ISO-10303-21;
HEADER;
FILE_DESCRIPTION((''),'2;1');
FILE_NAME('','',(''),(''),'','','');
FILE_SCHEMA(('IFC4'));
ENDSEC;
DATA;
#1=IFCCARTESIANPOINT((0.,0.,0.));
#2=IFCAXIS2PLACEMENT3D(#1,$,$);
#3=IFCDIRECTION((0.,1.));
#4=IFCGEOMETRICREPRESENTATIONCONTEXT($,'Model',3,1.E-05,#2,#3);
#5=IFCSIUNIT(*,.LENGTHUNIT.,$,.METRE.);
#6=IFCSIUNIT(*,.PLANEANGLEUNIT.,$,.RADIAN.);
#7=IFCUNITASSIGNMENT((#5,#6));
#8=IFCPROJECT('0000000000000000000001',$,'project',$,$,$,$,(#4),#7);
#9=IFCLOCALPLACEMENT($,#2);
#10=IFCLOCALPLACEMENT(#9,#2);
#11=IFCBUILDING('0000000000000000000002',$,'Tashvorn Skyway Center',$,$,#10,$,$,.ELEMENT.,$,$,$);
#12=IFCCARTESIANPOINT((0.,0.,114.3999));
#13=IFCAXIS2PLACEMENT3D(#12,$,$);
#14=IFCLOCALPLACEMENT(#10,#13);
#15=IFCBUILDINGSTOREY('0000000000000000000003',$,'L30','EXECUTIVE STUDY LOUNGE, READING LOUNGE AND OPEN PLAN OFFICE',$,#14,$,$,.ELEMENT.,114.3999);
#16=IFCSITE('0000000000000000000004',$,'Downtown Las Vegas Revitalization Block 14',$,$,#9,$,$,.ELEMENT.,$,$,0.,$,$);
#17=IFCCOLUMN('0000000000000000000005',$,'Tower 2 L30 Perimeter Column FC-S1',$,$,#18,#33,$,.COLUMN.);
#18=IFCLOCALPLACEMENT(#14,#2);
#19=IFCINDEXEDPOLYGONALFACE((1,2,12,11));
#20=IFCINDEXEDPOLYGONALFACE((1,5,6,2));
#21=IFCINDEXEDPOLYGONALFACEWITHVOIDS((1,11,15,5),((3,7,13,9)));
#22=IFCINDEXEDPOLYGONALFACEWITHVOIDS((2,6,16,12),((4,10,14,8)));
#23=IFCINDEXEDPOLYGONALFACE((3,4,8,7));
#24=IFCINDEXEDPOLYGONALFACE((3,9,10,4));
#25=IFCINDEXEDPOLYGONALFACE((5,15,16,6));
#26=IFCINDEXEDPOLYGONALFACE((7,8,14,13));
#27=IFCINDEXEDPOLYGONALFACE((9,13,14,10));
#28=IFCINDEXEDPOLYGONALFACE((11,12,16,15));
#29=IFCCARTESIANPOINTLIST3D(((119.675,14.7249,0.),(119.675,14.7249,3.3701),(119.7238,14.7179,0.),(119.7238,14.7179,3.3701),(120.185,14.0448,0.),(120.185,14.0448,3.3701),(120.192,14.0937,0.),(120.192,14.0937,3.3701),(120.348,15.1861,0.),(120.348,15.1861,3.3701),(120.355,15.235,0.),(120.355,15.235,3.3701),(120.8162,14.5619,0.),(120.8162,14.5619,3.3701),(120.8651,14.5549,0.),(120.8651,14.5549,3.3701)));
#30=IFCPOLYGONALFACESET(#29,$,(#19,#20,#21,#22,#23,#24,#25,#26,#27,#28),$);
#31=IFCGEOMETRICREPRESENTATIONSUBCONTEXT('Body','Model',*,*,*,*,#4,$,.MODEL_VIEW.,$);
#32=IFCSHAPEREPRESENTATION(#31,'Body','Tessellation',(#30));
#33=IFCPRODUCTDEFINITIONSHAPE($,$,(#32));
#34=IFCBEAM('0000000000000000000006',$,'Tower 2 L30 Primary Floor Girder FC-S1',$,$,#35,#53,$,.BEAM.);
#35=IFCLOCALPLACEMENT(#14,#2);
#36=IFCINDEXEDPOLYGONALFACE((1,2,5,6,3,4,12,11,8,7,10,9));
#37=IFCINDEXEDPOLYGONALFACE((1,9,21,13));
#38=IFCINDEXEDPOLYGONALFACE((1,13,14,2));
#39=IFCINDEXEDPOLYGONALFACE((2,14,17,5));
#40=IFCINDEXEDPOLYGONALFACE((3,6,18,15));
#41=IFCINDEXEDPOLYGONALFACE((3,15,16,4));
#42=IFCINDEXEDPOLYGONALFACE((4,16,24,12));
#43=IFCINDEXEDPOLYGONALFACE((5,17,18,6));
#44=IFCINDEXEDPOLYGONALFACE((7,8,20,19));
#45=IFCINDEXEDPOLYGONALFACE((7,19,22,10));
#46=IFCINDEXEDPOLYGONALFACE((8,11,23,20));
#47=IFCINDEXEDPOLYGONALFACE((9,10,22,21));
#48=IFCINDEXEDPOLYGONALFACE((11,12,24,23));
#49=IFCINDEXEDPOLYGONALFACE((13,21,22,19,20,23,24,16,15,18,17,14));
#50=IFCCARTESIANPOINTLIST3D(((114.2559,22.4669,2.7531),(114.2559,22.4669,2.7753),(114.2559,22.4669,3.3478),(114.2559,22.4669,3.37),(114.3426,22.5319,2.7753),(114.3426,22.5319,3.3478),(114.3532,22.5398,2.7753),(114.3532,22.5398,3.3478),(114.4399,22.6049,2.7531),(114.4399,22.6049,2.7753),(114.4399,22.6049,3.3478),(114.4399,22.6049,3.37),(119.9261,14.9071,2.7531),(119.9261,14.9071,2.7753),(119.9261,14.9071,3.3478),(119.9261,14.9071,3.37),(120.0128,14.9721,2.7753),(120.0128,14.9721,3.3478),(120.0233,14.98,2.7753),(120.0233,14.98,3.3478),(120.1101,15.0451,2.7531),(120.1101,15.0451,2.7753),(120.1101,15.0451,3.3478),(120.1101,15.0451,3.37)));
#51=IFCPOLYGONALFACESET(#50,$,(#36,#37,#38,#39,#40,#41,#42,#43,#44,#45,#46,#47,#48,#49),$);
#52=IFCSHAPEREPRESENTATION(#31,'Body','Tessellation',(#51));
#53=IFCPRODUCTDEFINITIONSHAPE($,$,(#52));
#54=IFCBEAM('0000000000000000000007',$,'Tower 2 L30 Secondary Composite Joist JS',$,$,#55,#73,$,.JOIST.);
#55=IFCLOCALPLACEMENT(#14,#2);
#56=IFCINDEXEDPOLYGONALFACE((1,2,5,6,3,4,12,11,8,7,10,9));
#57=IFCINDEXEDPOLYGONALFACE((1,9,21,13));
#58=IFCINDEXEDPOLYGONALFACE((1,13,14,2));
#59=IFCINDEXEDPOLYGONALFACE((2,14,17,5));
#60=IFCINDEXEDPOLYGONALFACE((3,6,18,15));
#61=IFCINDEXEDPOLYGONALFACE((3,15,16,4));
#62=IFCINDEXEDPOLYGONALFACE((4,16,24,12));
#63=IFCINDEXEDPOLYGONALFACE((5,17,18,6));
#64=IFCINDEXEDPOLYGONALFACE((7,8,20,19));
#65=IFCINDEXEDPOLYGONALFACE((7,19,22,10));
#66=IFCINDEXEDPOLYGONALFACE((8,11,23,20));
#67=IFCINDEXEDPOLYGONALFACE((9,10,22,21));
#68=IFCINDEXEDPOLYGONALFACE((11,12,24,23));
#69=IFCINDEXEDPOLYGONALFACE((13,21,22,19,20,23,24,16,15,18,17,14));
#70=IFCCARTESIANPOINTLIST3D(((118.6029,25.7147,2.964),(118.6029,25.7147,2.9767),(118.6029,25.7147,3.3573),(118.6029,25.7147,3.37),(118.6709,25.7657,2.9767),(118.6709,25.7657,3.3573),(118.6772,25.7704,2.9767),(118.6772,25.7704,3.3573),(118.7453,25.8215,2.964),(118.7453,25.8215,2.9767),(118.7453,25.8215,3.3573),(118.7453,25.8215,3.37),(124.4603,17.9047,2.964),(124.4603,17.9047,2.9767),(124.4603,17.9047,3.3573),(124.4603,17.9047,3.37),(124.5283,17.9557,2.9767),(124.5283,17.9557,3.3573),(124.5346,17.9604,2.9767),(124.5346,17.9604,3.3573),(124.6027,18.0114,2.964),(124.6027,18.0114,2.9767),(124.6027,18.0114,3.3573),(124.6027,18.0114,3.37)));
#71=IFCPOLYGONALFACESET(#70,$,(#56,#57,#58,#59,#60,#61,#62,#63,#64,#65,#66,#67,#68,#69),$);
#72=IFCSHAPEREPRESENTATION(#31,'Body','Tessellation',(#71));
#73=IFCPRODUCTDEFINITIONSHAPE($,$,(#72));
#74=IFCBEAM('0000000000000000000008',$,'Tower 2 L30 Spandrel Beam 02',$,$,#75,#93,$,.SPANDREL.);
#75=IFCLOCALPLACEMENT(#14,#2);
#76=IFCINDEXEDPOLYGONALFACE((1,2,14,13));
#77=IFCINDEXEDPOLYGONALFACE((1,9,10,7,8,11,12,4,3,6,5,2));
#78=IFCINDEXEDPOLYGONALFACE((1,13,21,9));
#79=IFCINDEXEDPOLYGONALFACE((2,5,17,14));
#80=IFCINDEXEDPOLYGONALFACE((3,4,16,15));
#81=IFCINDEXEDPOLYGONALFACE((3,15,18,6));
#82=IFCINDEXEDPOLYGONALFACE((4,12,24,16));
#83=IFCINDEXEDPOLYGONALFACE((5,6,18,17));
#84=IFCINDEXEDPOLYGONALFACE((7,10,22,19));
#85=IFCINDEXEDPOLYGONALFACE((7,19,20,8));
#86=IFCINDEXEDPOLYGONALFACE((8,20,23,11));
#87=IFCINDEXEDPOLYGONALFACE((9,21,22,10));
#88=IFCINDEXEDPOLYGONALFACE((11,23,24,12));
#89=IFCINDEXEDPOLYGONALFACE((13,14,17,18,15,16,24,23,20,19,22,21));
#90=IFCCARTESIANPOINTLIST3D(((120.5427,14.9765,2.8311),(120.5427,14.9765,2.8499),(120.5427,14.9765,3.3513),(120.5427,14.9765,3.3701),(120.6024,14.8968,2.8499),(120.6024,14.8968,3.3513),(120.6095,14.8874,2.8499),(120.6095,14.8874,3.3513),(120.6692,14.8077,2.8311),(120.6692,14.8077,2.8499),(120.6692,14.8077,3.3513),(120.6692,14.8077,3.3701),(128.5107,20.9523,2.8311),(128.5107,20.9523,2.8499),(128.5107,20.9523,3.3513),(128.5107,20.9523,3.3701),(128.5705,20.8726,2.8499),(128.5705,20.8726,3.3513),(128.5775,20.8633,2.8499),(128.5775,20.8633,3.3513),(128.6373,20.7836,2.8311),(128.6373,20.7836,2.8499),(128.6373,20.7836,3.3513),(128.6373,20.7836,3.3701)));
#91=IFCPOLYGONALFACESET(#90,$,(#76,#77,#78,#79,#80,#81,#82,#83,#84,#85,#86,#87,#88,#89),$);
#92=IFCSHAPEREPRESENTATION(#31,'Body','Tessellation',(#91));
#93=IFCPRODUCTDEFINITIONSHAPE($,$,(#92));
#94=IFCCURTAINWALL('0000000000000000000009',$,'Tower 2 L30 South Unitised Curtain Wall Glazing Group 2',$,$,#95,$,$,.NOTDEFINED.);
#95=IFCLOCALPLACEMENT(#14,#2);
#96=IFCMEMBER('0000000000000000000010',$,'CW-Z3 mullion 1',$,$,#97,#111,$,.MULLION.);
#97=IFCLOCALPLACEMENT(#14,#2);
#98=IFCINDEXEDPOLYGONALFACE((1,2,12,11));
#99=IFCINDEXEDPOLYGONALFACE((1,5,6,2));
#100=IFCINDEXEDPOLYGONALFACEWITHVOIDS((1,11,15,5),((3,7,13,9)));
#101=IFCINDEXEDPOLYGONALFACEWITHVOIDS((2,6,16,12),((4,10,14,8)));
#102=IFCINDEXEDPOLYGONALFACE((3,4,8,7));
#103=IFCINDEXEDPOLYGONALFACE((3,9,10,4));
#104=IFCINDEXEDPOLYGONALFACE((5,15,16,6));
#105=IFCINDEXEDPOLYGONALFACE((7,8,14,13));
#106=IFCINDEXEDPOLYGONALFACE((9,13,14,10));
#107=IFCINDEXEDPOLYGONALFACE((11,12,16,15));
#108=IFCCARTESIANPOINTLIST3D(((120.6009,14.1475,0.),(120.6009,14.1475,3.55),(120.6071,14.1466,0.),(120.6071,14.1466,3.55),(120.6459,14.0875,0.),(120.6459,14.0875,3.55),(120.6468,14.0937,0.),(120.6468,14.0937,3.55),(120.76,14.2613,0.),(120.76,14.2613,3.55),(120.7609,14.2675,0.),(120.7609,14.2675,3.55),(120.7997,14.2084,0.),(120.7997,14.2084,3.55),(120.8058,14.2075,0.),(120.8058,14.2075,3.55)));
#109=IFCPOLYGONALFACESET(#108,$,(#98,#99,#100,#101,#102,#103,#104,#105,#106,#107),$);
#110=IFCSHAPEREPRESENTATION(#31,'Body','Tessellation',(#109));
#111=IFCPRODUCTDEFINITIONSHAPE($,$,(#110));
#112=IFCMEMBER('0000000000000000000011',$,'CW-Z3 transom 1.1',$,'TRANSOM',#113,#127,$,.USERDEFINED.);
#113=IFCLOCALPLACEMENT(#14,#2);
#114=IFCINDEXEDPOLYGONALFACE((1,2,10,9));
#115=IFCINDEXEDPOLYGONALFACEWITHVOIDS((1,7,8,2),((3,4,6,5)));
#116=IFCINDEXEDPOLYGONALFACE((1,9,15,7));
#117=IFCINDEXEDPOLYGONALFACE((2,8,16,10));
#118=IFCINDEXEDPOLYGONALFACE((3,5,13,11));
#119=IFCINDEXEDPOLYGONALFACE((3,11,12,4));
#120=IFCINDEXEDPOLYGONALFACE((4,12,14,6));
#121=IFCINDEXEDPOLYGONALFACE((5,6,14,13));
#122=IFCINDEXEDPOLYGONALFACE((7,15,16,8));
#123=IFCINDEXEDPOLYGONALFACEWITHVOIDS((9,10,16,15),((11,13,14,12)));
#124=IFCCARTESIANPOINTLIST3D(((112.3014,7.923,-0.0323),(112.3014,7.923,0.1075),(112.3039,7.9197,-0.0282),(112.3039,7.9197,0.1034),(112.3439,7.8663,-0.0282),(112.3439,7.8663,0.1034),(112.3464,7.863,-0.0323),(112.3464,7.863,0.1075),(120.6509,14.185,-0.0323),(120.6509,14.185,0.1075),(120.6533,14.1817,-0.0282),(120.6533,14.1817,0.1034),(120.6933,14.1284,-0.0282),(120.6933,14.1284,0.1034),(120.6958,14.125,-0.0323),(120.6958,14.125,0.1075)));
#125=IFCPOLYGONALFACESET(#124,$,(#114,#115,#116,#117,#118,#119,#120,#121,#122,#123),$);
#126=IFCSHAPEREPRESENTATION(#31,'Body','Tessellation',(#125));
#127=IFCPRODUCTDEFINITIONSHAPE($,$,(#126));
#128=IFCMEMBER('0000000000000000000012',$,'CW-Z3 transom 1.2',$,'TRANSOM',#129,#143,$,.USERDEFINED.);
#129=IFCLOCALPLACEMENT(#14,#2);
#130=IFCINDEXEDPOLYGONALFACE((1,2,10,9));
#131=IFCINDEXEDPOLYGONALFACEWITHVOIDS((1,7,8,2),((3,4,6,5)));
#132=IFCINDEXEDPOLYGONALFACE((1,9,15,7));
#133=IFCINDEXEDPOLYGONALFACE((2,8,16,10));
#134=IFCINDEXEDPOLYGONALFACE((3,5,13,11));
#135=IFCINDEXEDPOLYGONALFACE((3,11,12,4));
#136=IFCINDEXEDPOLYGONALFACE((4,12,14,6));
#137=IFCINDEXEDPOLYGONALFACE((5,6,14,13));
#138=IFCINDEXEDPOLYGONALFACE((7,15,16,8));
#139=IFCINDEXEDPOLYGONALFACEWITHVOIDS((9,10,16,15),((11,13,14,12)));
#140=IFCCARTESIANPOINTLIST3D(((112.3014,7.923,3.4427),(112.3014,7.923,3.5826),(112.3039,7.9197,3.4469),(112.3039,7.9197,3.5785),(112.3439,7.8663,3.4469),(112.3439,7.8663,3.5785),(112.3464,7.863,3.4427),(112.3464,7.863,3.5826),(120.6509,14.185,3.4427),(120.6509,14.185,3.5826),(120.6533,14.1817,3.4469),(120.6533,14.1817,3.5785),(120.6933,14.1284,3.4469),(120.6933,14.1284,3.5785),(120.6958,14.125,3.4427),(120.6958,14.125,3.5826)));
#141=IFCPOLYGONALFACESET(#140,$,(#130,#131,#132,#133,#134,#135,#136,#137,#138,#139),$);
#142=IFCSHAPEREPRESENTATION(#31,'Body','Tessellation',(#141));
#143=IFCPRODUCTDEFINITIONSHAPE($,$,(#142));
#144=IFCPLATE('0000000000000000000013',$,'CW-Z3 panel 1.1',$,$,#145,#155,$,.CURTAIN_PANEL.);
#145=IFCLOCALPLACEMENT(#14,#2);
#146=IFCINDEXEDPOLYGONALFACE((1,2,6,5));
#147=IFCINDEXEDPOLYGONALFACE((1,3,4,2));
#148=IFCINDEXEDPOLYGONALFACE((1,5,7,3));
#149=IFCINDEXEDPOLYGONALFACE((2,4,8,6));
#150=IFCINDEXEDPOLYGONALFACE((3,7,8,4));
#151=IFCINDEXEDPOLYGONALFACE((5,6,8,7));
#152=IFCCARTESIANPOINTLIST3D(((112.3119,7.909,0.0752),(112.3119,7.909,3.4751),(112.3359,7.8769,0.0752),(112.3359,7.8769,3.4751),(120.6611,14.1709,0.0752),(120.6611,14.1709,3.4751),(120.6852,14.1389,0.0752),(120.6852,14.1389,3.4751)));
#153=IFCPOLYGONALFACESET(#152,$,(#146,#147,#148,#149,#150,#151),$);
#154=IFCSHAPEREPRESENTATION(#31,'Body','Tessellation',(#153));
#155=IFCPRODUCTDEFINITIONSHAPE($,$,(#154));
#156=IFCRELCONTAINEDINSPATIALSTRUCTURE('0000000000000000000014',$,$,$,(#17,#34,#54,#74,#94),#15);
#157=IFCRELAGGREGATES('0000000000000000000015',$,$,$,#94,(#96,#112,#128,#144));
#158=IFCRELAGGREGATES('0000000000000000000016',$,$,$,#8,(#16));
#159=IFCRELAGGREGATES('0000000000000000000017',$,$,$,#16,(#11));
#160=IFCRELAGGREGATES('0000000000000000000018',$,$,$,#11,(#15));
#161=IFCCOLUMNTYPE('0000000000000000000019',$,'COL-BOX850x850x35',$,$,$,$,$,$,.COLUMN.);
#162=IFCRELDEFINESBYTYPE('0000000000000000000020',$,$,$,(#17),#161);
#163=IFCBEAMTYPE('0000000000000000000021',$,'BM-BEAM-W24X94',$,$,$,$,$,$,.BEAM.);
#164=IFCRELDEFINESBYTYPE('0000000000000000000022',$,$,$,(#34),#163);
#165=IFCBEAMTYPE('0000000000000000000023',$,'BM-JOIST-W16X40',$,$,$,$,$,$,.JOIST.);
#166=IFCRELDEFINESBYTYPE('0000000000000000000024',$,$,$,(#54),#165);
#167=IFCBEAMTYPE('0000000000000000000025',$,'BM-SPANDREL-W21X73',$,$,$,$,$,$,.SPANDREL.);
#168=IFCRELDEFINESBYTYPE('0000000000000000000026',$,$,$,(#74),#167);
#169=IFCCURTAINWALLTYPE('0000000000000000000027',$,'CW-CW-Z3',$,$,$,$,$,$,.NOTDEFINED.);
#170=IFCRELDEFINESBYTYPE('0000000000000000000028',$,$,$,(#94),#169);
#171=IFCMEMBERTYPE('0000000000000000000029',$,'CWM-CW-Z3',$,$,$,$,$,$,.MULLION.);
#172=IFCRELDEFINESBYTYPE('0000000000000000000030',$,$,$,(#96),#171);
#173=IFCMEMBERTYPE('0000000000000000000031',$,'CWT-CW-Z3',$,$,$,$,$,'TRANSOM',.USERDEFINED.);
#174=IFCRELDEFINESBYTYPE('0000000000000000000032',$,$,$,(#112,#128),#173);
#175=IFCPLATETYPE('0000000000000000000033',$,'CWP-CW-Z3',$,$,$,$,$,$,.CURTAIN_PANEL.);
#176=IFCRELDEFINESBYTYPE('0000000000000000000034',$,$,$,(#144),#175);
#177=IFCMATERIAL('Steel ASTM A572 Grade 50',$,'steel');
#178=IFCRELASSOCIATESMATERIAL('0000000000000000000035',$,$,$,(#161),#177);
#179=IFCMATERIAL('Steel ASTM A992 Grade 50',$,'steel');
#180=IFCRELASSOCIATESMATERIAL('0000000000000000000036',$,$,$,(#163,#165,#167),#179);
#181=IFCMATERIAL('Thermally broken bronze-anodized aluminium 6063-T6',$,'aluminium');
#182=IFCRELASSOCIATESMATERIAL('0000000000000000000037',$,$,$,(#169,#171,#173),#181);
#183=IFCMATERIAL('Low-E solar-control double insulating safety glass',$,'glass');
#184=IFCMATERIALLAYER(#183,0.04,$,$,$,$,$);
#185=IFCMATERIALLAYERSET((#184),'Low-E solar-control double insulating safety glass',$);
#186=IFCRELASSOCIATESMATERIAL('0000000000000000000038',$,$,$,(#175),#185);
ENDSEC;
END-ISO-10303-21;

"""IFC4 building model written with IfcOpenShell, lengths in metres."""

from ifc_helpers import new_model, si_unit, direction, frame, origin, origin_2d, place, context, subcontext, project, spatial, rectangle, hollow_rectangle, i_section, extrude, material, layer, layer_set, material_profile, profile_set, type_object, element, aggregate, save


model = new_model("IFC4")

# Units and contexts
model_context = context("Model", 3, precision=1e-05, world=origin(), true_north=direction((0.0, 1.0)))
body_context = subcontext(model_context, "Body", "Model", "MODEL_VIEW")
ifc_project = project(units=[si_unit("LENGTHUNIT", "METRE"), si_unit("PLANEANGLEUNIT", "RADIAN")], contexts=[model_context])

# Site, building, storey
site_placement = place(None, origin())
site = spatial("IfcSite", under=ifc_project, at=site_placement, Name="Downtown Las Vegas Revitalization Block 14", CompositionType="ELEMENT", RefElevation=0.0)
building_placement = place(site_placement, origin())
building = spatial("IfcBuilding", under=site, at=building_placement, Name="Tashvorn Skyway Center", CompositionType="ELEMENT")
storey_placement = place(building_placement, frame((0.0, 0.0, 114.3999)))
storey = spatial("IfcBuildingStorey", under=building, at=storey_placement, Name="L30", Description="EXECUTIVE STUDY LOUNGE, READING LOUNGE AND OPEN PLAN OFFICE", CompositionType="ELEMENT", Elevation=114.3999)

# Column
ifc_material_1 = material(Name="Steel ASTM A572 Grade 50", Category="steel")
ifc_material_profile_1 = material_profile(ifc_material_1, hollow_rectangle(XDim=0.8501, YDim=0.8501, WallThickness=0.0349, at=origin_2d()), Name="BOX850x850x35")
ifc_profile_set_1 = profile_set([ifc_material_profile_1], Name="Steel ASTM A572 Grade 50")
column_type = type_object("IfcColumnType", Name="COL-BOX850x850x35", PredefinedType="COLUMN", material=ifc_profile_set_1)
column_placement = place(storey_placement, frame((120.27, 14.6399, 0.0), z_axis=(0.0, 0.0, 1.0), x_axis=(0.8, 0.6, 0.0)))
element("IfcColumn", 1, at=column_placement, inside=storey, type_object=column_type, Name="Tower 2 L30 Perimeter Column FC-S1", PredefinedType="COLUMN", context=body_context, shape_type="SweptSolid", body=[
    extrude(hollow_rectangle(XDim=0.8501, YDim=0.8501, WallThickness=0.0349, at=origin_2d()), origin(), (0.0, 0.0, 1.0), 3.3701),
])

# Beams
ifc_material_2 = material(Name="Steel ASTM A992 Grade 50", Category="steel")
ifc_material_profile_2 = material_profile(ifc_material_2, i_section(OverallWidth=0.23, OverallDepth=0.6169, WebThickness=0.0132, FlangeThickness=0.0222, at=origin_2d()), Name="W24X94")
ifc_profile_set_2 = profile_set([ifc_material_profile_2], Name="Steel ASTM A992 Grade 50")
beam_type_1 = type_object("IfcBeamType", Name="BM-BEAM-W24X94", PredefinedType="BEAM", material=ifc_profile_set_2)
beam_1_placement = place(storey_placement, frame((120.0181, 14.9761, 3.0615), z_axis=(-0.600021, 0.799984, 0.0), x_axis=(-0.799984, -0.600021, 0.0)))
element("IfcBeam", 2, at=beam_1_placement, inside=storey, type_object=beam_type_1, Name="Tower 2 L30 Primary Floor Girder FC-S1", PredefinedType="BEAM", context=body_context, shape_type="SweptSolid", body=[
    extrude(i_section(OverallWidth=0.23, OverallDepth=0.6169, WebThickness=0.0132, FlangeThickness=0.0222, at=origin_2d()), origin(), (0.0, 0.0, 1.0), 9.45),
])
ifc_material_profile_3 = material_profile(ifc_material_2, i_section(OverallWidth=0.178, OverallDepth=0.406, WebThickness=0.0078, FlangeThickness=0.0127, at=origin_2d()), Name="W16X40")
ifc_profile_set_3 = profile_set([ifc_material_profile_3], Name="Steel ASTM A992 Grade 50")
beam_type_2 = type_object("IfcBeamType", Name="BM-JOIST-W16X40", PredefinedType="JOIST", material=ifc_profile_set_3)
beam_2_placement = place(storey_placement, frame((118.6741, 25.7681, 3.167), z_axis=(0.599992, -0.800006, 0.0), x_axis=(0.800006, 0.599992, 0.0)))
element("IfcBeam", 3, at=beam_2_placement, inside=storey, type_object=beam_type_2, Name="Tower 2 L30 Secondary Composite Joist JS", PredefinedType="JOIST", context=body_context, shape_type="SweptSolid", body=[
    extrude(i_section(OverallWidth=0.178, OverallDepth=0.406, WebThickness=0.0078, FlangeThickness=0.0127, at=origin_2d()), origin(), (0.0, 0.0, 1.0), 9.7625),
])
ifc_material_profile_4 = material_profile(ifc_material_2, i_section(OverallWidth=0.2109, OverallDepth=0.5391, WebThickness=0.0117, FlangeThickness=0.0188, at=origin_2d()), Name="W21X73")
ifc_profile_set_4 = profile_set([ifc_material_profile_4], Name="Steel ASTM A992 Grade 50")
beam_type_3 = type_object("IfcBeamType", Name="BM-SPANDREL-W21X73", PredefinedType="SPANDREL", material=ifc_profile_set_4)
beam_3_placement = place(storey_placement, frame((120.606, 14.8921, 3.1006), z_axis=(0.800009, 0.599988, 0.0), x_axis=(-0.599988, 0.800009, 0.0)))
element("IfcBeam", 4, at=beam_3_placement, inside=storey, type_object=beam_type_3, Name="Tower 2 L30 Spandrel Beam 02", PredefinedType="SPANDREL", context=body_context, shape_type="SweptSolid", body=[
    extrude(i_section(OverallWidth=0.2109, OverallDepth=0.5391, WebThickness=0.0117, FlangeThickness=0.0188, at=origin_2d()), origin(), (0.0, 0.0, 1.0), 9.96),
])

# Curtain wall, members, plate
ifc_material_3 = material(Name="Thermally broken bronze-anodized aluminium 6063-T6", Category="aluminium")
curtain_wall_type = type_object("IfcCurtainWallType", Name="CW-CW-Z3", PredefinedType="NOTDEFINED", material=ifc_material_3)
curtain_wall_placement = place(storey_placement, origin())
curtain_wall = element("IfcCurtainWall", 5, at=curtain_wall_placement, inside=storey, type_object=curtain_wall_type, Name="Tower 2 L30 South Unitised Curtain Wall Glazing Group 2", PredefinedType="NOTDEFINED")
ifc_material_profile_5 = material_profile(ifc_material_3, hollow_rectangle(XDim=0.075, YDim=0.2, WallThickness=0.0044, at=origin_2d()), Name="ALU-MULL-75x200")
ifc_profile_set_5 = profile_set([ifc_material_profile_5], Name="Thermally broken bronze-anodized aluminium 6063-T6")
member_type_1 = type_object("IfcMemberType", Name="CWM-CW-Z3", PredefinedType="MULLION", material=ifc_profile_set_5)
member_1_placement = place(storey_placement, frame((120.7034, 14.1775, 0.0), z_axis=(0.0, 0.0, 1.0), x_axis=(0.600002, -0.799999, 0.0)))
member_1 = element("IfcMember", 6, at=member_1_placement, type_object=member_type_1, Name="CW-Z3 mullion 1", PredefinedType="MULLION", context=body_context, shape_type="SweptSolid", body=[
    extrude(hollow_rectangle(XDim=0.075, YDim=0.2, WallThickness=0.0044, at=origin_2d()), origin(), (0.0, 0.0, 1.0), 3.55),
])
ifc_material_profile_6 = material_profile(ifc_material_3, hollow_rectangle(XDim=0.075, YDim=0.1399, WallThickness=0.0042, at=origin_2d()), Name="ALU-TRAN-75x140")
ifc_profile_set_6 = profile_set([ifc_material_profile_6], Name="Thermally broken bronze-anodized aluminium 6063-T6")
member_type_2 = type_object("IfcMemberType", Name="CWT-CW-Z3", ElementType="TRANSOM", PredefinedType="USERDEFINED", material=ifc_profile_set_6)
member_2_placement = place(storey_placement, frame((120.6733, 14.155, 0.0376), z_axis=(-0.800003, -0.599996, 0.0), x_axis=(0.599996, -0.800003, 0.0)))
member_2 = element("IfcMember", 7, at=member_2_placement, type_object=member_type_2, Name="CW-Z3 transom 1.1", ObjectType="TRANSOM", PredefinedType="USERDEFINED", context=body_context, shape_type="SweptSolid", body=[
    extrude(hollow_rectangle(XDim=0.075, YDim=0.1399, WallThickness=0.0042, at=origin_2d()), origin(), (0.0, 0.0, 1.0), 10.4368),
])
member_3_placement = place(storey_placement, frame((120.6733, 14.155, 3.5127), z_axis=(-0.800003, -0.599996, 0.0), x_axis=(0.599996, -0.800003, 0.0)))
member_3 = element("IfcMember", 8, at=member_3_placement, type_object=member_type_2, Name="CW-Z3 transom 1.2", ObjectType="TRANSOM", PredefinedType="USERDEFINED", context=body_context, shape_type="SweptSolid", body=[
    extrude(hollow_rectangle(XDim=0.075, YDim=0.1399, WallThickness=0.0042, at=origin_2d()), origin(), (0.0, 0.0, 1.0), 10.4368),
])
ifc_material_4 = material(Name="Low-E solar-control double insulating safety glass", Category="glass")
ifc_layer_1 = layer(ifc_material_4, 0.04)
ifc_layer_set_1 = layer_set([ifc_layer_1], Name="Low-E solar-control double insulating safety glass")
plate_type = type_object("IfcPlateType", Name="CWP-CW-Z3", PredefinedType="CURTAIN_PANEL", material=ifc_layer_set_1)
plate_placement = place(storey_placement, frame((116.4985, 11.0239, 0.0752), z_axis=(0.0, 0.0, 1.0), x_axis=(-0.799999, -0.600002, 0.0)))
plate = element("IfcPlate", 9, at=plate_placement, type_object=plate_type, Name="CW-Z3 panel 1.1", PredefinedType="CURTAIN_PANEL", context=body_context, shape_type="SweptSolid", body=[
    extrude(rectangle(XDim=10.4365, YDim=0.04, at=origin_2d()), origin(), (0.0, 0.0, 1.0), 3.3999),
])
aggregate(curtain_wall, [member_1, member_2, member_3, plate])

save(model, "model.ifc")
